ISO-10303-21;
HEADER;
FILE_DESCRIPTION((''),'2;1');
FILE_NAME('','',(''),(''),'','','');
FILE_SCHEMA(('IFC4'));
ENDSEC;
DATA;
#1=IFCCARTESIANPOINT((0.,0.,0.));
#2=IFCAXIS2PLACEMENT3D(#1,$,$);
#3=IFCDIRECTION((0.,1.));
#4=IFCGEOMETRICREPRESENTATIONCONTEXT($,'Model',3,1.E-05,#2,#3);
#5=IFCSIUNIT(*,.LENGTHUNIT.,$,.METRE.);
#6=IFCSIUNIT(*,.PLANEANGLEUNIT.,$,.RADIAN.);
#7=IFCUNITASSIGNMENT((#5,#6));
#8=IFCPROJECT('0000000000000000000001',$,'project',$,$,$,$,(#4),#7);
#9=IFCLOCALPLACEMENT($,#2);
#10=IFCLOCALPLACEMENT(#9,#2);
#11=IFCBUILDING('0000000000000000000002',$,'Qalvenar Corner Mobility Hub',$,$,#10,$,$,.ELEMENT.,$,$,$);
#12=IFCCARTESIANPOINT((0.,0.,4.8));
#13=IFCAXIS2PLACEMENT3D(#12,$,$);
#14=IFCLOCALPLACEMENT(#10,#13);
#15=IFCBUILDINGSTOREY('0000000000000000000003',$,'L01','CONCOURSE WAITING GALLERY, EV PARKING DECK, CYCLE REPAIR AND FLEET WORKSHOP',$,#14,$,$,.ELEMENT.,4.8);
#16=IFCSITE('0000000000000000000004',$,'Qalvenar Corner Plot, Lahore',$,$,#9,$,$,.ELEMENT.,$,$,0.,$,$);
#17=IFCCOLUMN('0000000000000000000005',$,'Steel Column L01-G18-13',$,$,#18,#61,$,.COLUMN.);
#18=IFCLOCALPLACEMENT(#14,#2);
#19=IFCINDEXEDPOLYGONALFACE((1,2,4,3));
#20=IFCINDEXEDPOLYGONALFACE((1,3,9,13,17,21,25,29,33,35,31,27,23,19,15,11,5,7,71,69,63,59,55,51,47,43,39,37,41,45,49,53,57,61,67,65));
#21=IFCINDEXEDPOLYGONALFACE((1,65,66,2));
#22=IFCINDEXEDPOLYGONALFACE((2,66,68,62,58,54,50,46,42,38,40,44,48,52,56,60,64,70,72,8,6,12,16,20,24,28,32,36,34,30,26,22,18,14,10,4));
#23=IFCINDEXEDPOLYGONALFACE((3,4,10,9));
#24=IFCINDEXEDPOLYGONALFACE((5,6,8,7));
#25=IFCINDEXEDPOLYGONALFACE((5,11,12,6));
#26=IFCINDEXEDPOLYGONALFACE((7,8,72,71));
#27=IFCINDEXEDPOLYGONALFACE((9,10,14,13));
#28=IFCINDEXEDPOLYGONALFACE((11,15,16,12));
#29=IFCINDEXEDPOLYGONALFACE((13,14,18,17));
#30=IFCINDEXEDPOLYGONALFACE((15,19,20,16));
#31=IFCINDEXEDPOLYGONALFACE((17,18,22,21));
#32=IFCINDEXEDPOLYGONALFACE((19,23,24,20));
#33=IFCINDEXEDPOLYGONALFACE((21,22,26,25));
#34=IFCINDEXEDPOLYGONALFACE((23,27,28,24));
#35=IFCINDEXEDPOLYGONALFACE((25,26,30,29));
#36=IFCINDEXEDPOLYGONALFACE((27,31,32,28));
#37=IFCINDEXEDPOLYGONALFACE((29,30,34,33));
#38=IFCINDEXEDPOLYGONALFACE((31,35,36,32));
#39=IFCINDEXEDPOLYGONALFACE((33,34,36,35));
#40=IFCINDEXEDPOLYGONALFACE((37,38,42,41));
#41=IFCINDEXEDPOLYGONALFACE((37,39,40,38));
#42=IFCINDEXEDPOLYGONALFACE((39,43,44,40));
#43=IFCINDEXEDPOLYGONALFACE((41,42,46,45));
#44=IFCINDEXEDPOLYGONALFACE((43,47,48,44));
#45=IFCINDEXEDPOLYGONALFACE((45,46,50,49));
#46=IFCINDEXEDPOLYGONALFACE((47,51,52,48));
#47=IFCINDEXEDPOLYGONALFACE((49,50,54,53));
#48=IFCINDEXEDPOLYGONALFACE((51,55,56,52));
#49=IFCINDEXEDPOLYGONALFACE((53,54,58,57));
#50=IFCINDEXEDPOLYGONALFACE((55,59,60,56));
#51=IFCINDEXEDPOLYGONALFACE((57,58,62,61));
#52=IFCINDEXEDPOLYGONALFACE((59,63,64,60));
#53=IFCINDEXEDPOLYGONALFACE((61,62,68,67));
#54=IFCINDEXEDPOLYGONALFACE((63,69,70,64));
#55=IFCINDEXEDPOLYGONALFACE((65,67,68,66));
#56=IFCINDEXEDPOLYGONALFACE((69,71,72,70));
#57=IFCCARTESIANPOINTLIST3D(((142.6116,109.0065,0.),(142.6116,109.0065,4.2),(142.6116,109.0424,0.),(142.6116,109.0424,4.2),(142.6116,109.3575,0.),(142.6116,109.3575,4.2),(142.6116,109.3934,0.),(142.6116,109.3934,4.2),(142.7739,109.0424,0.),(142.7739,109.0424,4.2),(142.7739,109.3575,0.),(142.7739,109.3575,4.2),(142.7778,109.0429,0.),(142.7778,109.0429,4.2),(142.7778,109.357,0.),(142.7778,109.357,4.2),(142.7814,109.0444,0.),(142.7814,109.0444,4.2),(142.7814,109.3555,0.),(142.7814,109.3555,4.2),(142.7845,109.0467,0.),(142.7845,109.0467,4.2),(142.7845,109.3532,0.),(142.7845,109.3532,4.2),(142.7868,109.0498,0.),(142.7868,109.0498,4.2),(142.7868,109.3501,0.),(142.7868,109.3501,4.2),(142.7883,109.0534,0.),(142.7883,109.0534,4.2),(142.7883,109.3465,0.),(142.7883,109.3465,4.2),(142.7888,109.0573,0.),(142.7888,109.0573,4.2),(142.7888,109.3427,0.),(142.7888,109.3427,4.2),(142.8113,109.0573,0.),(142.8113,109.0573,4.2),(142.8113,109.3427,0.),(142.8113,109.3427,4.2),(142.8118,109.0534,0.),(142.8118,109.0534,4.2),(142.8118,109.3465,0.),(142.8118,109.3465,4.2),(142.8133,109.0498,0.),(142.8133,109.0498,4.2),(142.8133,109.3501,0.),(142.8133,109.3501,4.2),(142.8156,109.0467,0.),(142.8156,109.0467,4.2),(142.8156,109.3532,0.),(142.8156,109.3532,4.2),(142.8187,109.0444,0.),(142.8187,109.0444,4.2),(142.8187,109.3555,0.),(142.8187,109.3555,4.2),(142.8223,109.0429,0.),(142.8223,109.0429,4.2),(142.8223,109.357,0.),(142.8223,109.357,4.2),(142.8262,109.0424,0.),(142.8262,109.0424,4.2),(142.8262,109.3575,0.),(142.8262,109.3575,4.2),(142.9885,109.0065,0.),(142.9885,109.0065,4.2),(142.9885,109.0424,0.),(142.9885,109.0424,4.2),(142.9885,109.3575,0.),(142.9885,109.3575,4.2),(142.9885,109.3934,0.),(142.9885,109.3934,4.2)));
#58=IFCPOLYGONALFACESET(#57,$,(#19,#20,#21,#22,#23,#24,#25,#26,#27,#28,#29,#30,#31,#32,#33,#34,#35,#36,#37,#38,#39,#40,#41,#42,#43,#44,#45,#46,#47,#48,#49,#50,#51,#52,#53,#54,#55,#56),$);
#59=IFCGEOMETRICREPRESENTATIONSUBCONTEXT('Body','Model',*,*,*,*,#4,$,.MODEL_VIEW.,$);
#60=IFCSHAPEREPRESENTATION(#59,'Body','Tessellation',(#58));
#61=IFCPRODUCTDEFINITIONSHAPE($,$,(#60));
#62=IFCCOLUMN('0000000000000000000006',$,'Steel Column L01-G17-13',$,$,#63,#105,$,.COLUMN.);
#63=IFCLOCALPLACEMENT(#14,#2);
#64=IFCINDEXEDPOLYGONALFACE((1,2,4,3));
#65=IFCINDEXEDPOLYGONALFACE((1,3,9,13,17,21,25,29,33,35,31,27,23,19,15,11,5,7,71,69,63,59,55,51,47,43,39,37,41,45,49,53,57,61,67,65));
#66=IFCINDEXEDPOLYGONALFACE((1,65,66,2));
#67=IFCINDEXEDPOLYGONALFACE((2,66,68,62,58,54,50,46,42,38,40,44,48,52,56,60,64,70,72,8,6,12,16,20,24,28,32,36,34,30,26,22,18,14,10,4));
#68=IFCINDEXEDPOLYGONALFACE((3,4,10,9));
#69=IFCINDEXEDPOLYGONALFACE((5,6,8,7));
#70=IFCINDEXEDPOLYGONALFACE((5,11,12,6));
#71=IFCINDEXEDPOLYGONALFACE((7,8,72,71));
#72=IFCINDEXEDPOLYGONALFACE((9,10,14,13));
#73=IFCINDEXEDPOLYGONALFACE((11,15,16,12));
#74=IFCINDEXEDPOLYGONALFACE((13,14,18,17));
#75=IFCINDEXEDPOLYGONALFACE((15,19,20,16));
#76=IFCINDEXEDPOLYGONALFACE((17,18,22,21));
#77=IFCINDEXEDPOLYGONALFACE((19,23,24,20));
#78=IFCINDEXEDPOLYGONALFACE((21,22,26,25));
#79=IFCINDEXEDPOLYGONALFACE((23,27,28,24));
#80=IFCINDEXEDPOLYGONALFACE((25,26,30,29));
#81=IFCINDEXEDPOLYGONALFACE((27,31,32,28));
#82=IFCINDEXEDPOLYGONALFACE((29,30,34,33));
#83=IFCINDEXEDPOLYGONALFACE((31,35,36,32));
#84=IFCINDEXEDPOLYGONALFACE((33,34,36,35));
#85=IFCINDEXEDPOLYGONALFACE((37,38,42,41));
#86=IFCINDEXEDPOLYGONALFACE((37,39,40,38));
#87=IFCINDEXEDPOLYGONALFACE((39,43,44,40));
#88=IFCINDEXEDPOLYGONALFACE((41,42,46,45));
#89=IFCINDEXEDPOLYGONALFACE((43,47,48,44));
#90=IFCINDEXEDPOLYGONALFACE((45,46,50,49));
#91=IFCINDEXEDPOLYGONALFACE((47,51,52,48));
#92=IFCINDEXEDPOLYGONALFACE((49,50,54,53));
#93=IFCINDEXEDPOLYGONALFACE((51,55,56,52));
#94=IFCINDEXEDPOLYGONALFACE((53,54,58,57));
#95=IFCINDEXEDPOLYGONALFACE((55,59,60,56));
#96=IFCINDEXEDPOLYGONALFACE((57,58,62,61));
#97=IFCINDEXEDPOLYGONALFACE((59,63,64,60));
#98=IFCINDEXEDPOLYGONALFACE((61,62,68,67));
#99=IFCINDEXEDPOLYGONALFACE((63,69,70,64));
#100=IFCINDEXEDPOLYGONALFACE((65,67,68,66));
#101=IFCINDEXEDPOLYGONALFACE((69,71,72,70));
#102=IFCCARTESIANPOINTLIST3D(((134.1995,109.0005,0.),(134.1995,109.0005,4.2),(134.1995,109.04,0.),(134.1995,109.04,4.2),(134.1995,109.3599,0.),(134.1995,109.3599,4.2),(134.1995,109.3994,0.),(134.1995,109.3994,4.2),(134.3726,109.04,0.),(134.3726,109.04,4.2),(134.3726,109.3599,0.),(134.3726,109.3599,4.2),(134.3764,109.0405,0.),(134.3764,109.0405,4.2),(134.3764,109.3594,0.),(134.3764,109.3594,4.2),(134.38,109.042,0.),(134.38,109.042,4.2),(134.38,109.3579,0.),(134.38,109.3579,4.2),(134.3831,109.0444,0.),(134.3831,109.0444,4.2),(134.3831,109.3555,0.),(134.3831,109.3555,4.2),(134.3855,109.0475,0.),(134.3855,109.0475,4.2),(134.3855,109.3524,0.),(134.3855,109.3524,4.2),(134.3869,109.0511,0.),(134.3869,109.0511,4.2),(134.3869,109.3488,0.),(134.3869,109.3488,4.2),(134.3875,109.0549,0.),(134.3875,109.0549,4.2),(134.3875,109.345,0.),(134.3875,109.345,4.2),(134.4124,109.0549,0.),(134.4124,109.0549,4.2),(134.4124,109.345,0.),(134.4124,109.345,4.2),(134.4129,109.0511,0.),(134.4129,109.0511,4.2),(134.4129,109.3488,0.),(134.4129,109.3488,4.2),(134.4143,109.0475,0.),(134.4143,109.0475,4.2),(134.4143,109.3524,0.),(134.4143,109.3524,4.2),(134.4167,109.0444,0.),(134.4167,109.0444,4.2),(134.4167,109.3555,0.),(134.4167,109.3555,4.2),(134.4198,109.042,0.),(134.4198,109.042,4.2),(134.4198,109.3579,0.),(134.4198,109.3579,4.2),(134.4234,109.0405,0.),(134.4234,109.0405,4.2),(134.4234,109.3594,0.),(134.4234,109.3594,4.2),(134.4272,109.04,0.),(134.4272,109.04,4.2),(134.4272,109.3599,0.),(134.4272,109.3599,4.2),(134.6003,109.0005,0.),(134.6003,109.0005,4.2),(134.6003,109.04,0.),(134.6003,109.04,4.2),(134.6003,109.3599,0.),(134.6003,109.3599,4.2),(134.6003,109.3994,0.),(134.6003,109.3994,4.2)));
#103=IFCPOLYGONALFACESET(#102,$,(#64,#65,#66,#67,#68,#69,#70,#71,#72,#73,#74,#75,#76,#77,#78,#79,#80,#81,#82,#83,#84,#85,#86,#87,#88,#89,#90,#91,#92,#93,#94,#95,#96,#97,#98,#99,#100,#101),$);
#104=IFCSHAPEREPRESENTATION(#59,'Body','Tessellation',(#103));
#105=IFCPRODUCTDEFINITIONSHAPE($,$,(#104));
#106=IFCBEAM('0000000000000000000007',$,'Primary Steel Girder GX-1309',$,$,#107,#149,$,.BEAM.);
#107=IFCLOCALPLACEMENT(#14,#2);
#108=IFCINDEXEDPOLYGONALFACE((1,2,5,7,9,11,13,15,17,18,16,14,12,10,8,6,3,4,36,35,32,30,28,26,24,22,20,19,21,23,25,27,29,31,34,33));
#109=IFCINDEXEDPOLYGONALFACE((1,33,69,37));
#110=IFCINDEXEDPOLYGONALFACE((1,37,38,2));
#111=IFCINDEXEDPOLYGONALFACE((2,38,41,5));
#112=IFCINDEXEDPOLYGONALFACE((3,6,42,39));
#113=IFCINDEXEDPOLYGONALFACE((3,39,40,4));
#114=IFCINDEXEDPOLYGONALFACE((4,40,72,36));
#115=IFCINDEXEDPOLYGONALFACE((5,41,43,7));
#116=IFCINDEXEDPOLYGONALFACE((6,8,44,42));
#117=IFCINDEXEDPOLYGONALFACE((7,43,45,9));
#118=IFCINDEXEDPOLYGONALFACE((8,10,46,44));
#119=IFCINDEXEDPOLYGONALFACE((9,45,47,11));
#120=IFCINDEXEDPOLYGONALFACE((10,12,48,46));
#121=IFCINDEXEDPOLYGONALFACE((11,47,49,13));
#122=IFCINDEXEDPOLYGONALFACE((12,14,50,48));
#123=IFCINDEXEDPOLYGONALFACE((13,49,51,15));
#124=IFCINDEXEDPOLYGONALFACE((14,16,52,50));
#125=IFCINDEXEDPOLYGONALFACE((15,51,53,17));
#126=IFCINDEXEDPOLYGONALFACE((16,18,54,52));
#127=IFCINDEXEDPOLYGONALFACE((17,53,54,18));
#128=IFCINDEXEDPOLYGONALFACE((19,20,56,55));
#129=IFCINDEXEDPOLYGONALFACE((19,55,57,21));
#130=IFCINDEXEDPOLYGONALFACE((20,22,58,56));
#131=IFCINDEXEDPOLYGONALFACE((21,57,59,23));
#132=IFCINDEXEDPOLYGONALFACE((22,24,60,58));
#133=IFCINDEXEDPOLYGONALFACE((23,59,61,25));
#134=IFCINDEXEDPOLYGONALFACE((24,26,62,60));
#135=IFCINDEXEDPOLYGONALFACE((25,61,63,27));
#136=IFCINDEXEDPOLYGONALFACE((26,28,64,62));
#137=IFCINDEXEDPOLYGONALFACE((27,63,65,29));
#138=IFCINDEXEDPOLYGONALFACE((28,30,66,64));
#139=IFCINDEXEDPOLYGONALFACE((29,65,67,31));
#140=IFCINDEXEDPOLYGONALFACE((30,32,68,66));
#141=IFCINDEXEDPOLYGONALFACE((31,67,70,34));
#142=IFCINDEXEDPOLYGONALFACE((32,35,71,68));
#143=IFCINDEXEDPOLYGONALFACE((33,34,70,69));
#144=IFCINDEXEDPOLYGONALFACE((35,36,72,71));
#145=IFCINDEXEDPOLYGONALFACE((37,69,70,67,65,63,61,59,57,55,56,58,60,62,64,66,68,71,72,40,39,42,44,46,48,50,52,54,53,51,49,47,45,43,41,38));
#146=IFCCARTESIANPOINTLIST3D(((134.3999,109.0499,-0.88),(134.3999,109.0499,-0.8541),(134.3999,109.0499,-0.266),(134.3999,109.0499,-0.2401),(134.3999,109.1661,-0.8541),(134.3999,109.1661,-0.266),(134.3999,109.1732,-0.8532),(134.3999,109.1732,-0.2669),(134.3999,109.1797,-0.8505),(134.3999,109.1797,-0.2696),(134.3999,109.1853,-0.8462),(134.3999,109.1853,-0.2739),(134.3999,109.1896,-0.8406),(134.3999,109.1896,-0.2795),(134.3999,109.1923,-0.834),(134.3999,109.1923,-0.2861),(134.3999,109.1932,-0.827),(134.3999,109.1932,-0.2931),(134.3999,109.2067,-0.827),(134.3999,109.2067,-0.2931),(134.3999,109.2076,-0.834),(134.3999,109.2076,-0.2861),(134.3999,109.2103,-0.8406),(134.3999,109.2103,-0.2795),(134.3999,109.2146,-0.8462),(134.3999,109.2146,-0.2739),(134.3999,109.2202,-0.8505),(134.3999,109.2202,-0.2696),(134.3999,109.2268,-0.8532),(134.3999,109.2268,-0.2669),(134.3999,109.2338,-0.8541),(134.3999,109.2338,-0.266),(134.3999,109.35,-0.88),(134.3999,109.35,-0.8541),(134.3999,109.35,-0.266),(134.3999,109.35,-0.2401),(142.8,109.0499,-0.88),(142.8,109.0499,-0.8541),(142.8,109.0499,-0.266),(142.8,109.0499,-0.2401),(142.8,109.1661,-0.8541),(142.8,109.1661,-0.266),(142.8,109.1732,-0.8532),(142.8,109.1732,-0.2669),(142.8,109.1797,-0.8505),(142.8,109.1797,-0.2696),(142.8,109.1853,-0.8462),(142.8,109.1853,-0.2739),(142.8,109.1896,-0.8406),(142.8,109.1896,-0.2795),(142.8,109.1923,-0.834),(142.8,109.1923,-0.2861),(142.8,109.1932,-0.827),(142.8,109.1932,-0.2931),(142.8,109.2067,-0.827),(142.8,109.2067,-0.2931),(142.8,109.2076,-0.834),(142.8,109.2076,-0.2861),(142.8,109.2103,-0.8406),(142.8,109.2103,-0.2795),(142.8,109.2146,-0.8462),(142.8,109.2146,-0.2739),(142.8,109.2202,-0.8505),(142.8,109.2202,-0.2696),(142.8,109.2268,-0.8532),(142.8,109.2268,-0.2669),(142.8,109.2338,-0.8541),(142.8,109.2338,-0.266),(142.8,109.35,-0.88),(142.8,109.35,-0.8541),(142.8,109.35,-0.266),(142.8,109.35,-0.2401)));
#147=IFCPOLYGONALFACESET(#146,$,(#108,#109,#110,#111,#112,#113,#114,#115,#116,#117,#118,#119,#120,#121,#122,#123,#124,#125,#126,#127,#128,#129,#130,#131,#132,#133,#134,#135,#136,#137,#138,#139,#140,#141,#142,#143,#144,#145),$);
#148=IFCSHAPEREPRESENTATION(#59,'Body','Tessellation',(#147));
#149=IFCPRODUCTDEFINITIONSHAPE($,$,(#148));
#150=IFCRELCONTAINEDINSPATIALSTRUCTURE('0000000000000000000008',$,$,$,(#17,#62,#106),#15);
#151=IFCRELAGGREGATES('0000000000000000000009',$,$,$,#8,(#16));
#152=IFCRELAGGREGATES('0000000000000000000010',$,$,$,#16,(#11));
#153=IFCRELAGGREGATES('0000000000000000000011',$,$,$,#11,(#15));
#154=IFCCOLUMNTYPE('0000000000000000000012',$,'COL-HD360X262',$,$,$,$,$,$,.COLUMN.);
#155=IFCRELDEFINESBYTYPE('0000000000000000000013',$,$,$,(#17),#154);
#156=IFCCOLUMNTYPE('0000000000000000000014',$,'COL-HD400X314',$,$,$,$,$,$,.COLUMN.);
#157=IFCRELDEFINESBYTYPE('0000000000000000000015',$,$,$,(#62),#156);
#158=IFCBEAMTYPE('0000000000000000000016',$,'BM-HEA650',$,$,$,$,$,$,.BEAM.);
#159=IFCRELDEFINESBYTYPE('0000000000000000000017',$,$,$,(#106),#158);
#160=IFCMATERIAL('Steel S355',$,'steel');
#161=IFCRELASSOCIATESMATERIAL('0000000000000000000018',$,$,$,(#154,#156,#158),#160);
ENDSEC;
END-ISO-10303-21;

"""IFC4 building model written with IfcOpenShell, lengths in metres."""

from ifc_helpers import new_model, si_unit, direction, frame, origin, origin_2d, place, context, subcontext, project, spatial, i_section, extrude, material, material_profile, profile_set, type_object, element, save


model = new_model("IFC4")

# Units and contexts
model_context = context("Model", 3, precision=1e-05, world=origin(), true_north=direction((0.0, 1.0)))
body_context = subcontext(model_context, "Body", "Model", "MODEL_VIEW")
ifc_project = project(units=[si_unit("LENGTHUNIT", "METRE"), si_unit("PLANEANGLEUNIT", "RADIAN")], contexts=[model_context])

# Site, building, storey
site_placement = place(None, origin())
site = spatial("IfcSite", under=ifc_project, at=site_placement, Name="Qalvenar Corner Plot, Lahore", CompositionType="ELEMENT", RefElevation=0.0)
building_placement = place(site_placement, origin())
building = spatial("IfcBuilding", under=site, at=building_placement, Name="Qalvenar Corner Mobility Hub", CompositionType="ELEMENT")
storey_placement = place(building_placement, frame((0.0, 0.0, 4.8)))
storey = spatial("IfcBuildingStorey", under=building, at=storey_placement, Name="L01", Description="CONCOURSE WAITING GALLERY, EV PARKING DECK, CYCLE REPAIR AND FLEET WORKSHOP", CompositionType="ELEMENT", Elevation=4.8)

# Columns
ifc_material_1 = material(Name="Steel S355", Category="steel")
ifc_material_profile_1 = material_profile(ifc_material_1, i_section(OverallWidth=0.377, OverallDepth=0.387, WebThickness=0.0225, FlangeThickness=0.0359, FilletRadius=0.0149, at=origin_2d()), Name="HD360x262")
ifc_profile_set_1 = profile_set([ifc_material_profile_1], Name="Steel S355")
column_type_1 = type_object("IfcColumnType", Name="COL-HD360X262", PredefinedType="COLUMN", material=ifc_profile_set_1)
column_1_placement = place(storey_placement, frame((142.8, 109.2, 0.0), z_axis=(0.0, 0.0, 1.0), x_axis=(1.0, 0.0, 0.0)))
element("IfcColumn", 1, at=column_1_placement, inside=storey, type_object=column_type_1, Name="Steel Column L01-G18-13", PredefinedType="COLUMN", context=body_context, shape_type="SweptSolid", body=[
    extrude(i_section(OverallWidth=0.377, OverallDepth=0.387, WebThickness=0.0225, FlangeThickness=0.0359, FilletRadius=0.0149, at=origin_2d()), origin(), (0.0, 0.0, 1.0), 4.2),
])
ifc_material_profile_2 = material_profile(ifc_material_1, i_section(OverallWidth=0.4009, OverallDepth=0.3989, WebThickness=0.0249, FlangeThickness=0.0396, FilletRadius=0.0149, at=origin_2d()), Name="HD400x314")
ifc_profile_set_2 = profile_set([ifc_material_profile_2], Name="Steel S355")
column_type_2 = type_object("IfcColumnType", Name="COL-HD400X314", PredefinedType="COLUMN", material=ifc_profile_set_2)
column_2_placement = place(storey_placement, frame((134.3999, 109.2, 0.0), z_axis=(0.0, 0.0, 1.0), x_axis=(1.0, 0.0, 0.0)))
element("IfcColumn", 2, at=column_2_placement, inside=storey, type_object=column_type_2, Name="Steel Column L01-G17-13", PredefinedType="COLUMN", context=body_context, shape_type="SweptSolid", body=[
    extrude(i_section(OverallWidth=0.4009, OverallDepth=0.3989, WebThickness=0.0249, FlangeThickness=0.0396, FilletRadius=0.0149, at=origin_2d()), origin(), (0.0, 0.0, 1.0), 4.2),
])

# Beam
ifc_material_profile_3 = material_profile(ifc_material_1, i_section(OverallWidth=0.3, OverallDepth=0.6399, WebThickness=0.0134, FlangeThickness=0.0259, FilletRadius=0.0271, at=origin_2d()), Name="HEA650")
ifc_profile_set_3 = profile_set([ifc_material_profile_3], Name="Steel S355")
beam_type_1 = type_object("IfcBeamType", Name="BM-HEA650", PredefinedType="BEAM", material=ifc_profile_set_3)
beam_1_placement = place(storey_placement, frame((134.3999, 109.2, -0.5601), z_axis=(1.0, 0.0, 0.0), x_axis=(0.0, 1.0, 0.0)))
element("IfcBeam", 3, at=beam_1_placement, inside=storey, type_object=beam_type_1, Name="Primary Steel Girder GX-1309", PredefinedType="BEAM", context=body_context, shape_type="SweptSolid", body=[
    extrude(i_section(OverallWidth=0.3, OverallDepth=0.6399, WebThickness=0.0134, FlangeThickness=0.0259, FilletRadius=0.0271, at=origin_2d()), origin(), (0.0, 0.0, 1.0), 8.4001),
])

save(model, "model.ifc")
